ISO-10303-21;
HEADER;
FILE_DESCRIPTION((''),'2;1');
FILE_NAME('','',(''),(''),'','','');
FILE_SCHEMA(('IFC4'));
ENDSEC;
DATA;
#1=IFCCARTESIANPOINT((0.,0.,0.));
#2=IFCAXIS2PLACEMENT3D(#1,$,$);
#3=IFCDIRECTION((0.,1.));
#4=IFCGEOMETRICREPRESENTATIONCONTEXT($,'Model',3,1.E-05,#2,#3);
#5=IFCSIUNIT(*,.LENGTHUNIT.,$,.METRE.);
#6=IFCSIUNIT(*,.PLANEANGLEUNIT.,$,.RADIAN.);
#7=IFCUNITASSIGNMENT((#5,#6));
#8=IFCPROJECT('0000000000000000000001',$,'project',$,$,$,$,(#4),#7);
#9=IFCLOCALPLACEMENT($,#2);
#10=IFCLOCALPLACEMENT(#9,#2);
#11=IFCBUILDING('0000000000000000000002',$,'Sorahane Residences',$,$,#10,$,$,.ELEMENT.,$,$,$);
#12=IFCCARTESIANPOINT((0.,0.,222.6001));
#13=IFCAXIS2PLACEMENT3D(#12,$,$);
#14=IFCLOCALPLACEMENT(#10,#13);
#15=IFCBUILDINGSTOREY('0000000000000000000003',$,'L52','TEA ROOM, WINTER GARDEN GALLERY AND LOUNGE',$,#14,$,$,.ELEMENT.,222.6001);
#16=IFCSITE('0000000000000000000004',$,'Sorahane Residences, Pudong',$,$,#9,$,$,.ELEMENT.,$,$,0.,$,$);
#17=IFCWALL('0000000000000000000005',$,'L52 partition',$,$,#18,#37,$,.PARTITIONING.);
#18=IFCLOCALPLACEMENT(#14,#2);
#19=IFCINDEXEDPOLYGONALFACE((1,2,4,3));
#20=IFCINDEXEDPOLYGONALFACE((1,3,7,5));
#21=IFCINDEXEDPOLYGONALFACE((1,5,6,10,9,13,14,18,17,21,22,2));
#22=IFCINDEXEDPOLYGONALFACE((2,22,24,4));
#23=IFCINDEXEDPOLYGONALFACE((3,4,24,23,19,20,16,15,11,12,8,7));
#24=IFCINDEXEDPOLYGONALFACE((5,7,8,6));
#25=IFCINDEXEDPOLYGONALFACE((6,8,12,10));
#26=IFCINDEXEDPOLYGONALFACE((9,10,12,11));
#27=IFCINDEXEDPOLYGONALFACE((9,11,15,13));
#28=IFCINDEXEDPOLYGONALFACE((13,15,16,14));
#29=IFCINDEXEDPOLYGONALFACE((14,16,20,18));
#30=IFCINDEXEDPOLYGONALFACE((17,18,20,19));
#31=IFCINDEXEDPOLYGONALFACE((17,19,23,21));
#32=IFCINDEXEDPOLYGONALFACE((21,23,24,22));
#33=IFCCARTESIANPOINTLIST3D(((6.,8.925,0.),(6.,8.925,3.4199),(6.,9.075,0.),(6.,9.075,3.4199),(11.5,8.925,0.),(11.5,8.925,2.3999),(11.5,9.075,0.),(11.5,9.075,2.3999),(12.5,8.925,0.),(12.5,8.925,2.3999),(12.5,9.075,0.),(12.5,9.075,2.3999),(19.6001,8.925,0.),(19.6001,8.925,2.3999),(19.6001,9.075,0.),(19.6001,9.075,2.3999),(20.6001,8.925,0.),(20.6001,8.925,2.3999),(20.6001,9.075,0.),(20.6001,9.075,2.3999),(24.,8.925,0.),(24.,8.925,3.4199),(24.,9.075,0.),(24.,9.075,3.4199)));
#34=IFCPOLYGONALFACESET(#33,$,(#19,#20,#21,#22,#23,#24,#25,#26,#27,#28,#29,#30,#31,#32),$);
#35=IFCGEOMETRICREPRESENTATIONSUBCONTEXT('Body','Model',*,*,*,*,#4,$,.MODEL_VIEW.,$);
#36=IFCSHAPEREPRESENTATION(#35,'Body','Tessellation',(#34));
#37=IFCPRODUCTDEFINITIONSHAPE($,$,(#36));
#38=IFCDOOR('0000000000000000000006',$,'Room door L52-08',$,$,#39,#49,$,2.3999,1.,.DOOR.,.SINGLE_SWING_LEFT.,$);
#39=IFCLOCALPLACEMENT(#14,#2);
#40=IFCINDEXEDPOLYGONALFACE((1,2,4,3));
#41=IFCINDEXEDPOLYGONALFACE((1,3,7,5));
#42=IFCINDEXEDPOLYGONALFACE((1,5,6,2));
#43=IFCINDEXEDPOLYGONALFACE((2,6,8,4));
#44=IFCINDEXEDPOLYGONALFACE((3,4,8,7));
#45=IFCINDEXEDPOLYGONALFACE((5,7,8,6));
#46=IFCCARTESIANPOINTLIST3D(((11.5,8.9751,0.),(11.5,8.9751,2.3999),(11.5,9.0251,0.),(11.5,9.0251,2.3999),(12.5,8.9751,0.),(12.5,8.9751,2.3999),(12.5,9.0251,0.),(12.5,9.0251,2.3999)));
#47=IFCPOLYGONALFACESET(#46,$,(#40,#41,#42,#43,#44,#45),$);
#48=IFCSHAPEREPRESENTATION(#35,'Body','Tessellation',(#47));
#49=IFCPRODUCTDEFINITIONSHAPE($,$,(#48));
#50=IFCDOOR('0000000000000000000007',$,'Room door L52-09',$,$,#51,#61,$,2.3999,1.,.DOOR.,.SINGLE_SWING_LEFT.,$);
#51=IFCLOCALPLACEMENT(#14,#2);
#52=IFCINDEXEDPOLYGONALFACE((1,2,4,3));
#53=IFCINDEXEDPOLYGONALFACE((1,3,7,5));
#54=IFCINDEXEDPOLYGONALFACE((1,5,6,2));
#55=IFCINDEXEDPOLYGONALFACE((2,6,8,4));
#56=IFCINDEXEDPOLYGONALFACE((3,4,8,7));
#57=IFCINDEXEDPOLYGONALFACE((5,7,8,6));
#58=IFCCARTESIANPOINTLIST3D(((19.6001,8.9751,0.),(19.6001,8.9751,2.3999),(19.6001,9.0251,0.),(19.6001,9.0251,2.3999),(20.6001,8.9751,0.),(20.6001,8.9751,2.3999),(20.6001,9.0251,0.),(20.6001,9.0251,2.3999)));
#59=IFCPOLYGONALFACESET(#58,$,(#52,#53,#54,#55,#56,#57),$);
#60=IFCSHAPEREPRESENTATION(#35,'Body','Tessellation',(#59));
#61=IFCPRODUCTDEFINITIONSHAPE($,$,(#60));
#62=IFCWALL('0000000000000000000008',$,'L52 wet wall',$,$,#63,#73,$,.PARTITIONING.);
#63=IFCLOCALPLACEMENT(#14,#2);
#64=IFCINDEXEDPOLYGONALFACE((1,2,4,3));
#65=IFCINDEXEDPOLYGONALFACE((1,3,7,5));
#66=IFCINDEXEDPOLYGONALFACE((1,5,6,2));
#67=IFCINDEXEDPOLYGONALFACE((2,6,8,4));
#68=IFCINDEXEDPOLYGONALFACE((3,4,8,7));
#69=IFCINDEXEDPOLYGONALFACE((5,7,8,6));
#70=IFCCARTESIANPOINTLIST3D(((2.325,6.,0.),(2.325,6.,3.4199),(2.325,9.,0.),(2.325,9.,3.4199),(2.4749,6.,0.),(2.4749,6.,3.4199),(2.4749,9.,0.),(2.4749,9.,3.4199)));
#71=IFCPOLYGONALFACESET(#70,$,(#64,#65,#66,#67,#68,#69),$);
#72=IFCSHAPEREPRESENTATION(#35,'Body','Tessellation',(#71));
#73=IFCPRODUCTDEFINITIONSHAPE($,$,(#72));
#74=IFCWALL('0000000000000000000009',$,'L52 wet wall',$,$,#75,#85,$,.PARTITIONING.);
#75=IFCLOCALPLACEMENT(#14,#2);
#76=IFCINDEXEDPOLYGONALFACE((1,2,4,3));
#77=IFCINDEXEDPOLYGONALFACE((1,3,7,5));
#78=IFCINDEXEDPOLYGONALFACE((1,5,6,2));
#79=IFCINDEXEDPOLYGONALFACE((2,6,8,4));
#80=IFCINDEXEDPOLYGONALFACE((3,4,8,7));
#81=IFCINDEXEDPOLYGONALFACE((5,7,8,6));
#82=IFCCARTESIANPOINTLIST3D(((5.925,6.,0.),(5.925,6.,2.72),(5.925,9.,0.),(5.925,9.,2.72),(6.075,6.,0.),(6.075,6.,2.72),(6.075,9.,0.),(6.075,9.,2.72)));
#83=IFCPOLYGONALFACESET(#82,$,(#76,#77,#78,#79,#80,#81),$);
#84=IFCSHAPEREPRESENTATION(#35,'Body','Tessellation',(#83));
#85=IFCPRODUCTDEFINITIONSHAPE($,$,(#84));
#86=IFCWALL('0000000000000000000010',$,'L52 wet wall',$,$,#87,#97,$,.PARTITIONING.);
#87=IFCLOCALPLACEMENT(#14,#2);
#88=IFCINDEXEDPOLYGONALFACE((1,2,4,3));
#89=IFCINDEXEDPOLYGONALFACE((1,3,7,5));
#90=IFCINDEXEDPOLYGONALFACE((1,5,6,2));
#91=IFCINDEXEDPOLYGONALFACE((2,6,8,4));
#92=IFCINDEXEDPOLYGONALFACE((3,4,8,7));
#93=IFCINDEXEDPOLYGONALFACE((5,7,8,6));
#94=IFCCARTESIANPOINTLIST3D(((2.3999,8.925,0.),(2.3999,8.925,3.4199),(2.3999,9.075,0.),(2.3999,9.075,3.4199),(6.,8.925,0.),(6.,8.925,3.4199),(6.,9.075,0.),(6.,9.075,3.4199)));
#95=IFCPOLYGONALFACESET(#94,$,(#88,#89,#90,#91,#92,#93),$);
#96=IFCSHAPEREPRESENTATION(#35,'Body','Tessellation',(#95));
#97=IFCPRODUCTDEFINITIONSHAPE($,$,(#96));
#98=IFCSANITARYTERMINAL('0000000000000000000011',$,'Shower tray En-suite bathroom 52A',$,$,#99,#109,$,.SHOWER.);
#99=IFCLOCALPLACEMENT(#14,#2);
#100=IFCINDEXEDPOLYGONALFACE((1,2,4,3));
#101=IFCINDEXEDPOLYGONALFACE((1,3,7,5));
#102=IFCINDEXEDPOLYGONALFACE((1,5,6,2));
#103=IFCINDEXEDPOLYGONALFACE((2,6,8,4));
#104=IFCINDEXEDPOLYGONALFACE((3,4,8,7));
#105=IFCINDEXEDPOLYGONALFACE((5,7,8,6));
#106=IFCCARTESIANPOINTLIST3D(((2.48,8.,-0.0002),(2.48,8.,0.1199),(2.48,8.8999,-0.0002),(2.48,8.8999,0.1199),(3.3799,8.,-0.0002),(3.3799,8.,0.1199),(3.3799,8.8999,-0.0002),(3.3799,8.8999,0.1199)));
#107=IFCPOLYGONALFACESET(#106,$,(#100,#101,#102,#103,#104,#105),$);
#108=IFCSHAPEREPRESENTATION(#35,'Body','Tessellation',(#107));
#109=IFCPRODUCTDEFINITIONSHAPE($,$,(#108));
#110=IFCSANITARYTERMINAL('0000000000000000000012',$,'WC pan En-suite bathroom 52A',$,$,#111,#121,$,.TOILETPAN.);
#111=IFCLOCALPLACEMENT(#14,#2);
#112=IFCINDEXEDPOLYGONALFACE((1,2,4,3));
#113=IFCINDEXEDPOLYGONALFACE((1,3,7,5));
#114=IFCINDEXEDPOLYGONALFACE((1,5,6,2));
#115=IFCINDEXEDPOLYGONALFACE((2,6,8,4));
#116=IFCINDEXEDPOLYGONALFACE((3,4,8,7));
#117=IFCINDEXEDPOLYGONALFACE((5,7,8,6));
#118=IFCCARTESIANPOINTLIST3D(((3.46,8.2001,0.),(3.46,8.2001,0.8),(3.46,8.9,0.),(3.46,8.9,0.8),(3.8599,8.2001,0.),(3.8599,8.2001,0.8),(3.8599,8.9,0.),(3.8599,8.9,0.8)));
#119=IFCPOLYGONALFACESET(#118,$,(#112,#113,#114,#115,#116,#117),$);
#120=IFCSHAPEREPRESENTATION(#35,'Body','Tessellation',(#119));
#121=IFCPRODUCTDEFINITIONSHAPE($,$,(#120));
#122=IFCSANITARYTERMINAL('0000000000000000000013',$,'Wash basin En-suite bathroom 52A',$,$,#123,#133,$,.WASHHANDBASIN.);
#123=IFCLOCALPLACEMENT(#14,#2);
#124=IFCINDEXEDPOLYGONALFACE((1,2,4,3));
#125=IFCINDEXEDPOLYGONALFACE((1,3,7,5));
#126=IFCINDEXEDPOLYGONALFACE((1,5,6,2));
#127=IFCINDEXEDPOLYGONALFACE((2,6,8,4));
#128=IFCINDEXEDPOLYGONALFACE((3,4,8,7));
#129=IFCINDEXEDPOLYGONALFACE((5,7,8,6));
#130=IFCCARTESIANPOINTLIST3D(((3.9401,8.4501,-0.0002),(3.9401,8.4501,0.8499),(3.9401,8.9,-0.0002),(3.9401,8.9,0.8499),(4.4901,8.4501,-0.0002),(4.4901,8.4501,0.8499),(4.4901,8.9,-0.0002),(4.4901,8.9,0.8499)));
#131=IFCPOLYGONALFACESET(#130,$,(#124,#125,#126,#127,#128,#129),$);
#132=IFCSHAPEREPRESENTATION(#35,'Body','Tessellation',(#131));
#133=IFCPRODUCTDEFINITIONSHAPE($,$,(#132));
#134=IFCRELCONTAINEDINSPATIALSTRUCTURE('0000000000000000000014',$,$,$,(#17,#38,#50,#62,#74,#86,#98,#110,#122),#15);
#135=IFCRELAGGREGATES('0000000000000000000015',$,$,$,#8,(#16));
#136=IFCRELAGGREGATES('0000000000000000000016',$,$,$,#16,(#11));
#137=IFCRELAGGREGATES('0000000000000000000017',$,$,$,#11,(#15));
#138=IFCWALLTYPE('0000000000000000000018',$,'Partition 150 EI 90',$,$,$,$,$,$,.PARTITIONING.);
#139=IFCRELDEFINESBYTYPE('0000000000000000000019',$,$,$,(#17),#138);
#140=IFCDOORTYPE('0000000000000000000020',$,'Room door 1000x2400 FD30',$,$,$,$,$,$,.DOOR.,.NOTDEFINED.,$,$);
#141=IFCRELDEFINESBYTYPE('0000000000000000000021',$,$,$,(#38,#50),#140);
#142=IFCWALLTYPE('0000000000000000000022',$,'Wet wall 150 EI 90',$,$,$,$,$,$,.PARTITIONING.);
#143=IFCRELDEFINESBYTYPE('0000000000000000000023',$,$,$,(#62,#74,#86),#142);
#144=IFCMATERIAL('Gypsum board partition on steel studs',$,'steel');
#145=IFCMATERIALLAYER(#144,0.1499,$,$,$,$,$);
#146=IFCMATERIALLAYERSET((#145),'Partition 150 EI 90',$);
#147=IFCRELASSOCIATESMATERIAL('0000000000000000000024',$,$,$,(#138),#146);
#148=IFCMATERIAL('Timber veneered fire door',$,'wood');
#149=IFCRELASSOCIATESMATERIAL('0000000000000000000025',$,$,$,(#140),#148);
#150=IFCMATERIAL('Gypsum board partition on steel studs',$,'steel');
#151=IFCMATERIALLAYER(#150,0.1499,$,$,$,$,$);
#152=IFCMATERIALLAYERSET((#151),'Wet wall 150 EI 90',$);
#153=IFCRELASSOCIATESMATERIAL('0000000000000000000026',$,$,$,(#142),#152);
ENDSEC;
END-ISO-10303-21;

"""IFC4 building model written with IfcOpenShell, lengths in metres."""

from ifc_helpers import new_model, si_unit, direction, frame, frame_2d, origin, origin_2d, place, context, subcontext, project, spatial, rectangle, extrude, material, layer, layer_set, type_object, element, fill, save


model = new_model("IFC4")

# Units and contexts
model_context = context("Model", 3, precision=1e-05, world=origin(), true_north=direction((0.0, 1.0)))
body_context = subcontext(model_context, "Body", "Model", "MODEL_VIEW")
ifc_project = project(units=[si_unit("LENGTHUNIT", "METRE"), si_unit("PLANEANGLEUNIT", "RADIAN")], contexts=[model_context])

# Site, building, storey
site_placement = place(None, origin())
site = spatial("IfcSite", under=ifc_project, at=site_placement, Name="Sorahane Residences, Pudong", CompositionType="ELEMENT", RefElevation=0.0)
building_placement = place(site_placement, origin())
building = spatial("IfcBuilding", under=site, at=building_placement, Name="Sorahane Residences", CompositionType="ELEMENT")
storey_placement = place(building_placement, frame((0.0, 0.0, 222.6001)))
storey = spatial("IfcBuildingStorey", under=building, at=storey_placement, Name="L52", Description="TEA ROOM, WINTER GARDEN GALLERY AND LOUNGE", CompositionType="ELEMENT", Elevation=222.6001)

# Shared definitions
ifc_material_1 = material(Name="Gypsum board partition on steel studs", Category="steel")
ifc_layer_1 = layer(ifc_material_1, 0.1499)
ifc_layer_set_1 = layer_set([ifc_layer_1], Name="Partition 150 EI 90")
wall_type_1 = type_object("IfcWallType", Name="Partition 150 EI 90", PredefinedType="PARTITIONING", material=ifc_layer_set_1)

# Shared definitions
ifc_material_2 = material(Name="Timber veneered fire door", Category="wood")
door_type_1 = type_object("IfcDoorType", Name="Room door 1000x2400 FD30", OperationType="NOTDEFINED", PredefinedType="DOOR", material=ifc_material_2)

# Wall, openings, doors
wall_1_placement = place(storey_placement, frame((6.0, 9.0, 0.0), z_axis=(0.0, 0.0, 1.0), x_axis=(1.0, 0.0, 0.0)))
wall_1 = element("IfcWall", 1, at=wall_1_placement, inside=storey, type_object=wall_type_1, Name="L52 partition", PredefinedType="PARTITIONING", context=body_context, shape_type="SweptSolid", body=[
    extrude(rectangle(XDim=18.0, YDim=0.1499, at=frame_2d((9.0, 0.0))), origin(), (0.0, 0.0, 1.0), 3.4199),
])
opening_1_placement = place(wall_1_placement, frame((5.5, 0.0, 0.0)))
opening_1 = element("IfcOpeningElement", 2, at=opening_1_placement, cuts=wall_1, PredefinedType="OPENING", context=body_context, shape_type="SweptSolid", body=[
    extrude(rectangle(XDim=1.0, YDim=2.3999, at=frame_2d((0.5, 1.2))), frame((0.0, 0.085, 0.0), z_axis=(0.0, -1.0, 0.0), x_axis=(1.0, 0.0, 0.0)), (0.0, 0.0, 1.0), 0.1699),
])
opening_2_placement = place(wall_1_placement, frame((13.6001, 0.0, 0.0)))
opening_2 = element("IfcOpeningElement", 3, at=opening_2_placement, cuts=wall_1, PredefinedType="OPENING", context=body_context, shape_type="SweptSolid", body=[
    extrude(rectangle(XDim=1.0, YDim=2.3999, at=frame_2d((0.5, 1.2))), frame((0.0, 0.085, 0.0), z_axis=(0.0, -1.0, 0.0), x_axis=(1.0, 0.0, 0.0)), (0.0, 0.0, 1.0), 0.1699),
])
door_1_placement = place(opening_1_placement, frame((1.0, 0.0, 0.0), z_axis=(0.0, 0.0, 1.0), x_axis=(-1.0, 0.0, 0.0)))
door_1 = element("IfcDoor", 4, at=door_1_placement, inside=storey, type_object=door_type_1, Name="Room door L52-08", OperationType="SINGLE_SWING_LEFT", OverallHeight=2.3999, OverallWidth=1.0, PredefinedType="DOOR", context=body_context, shape_type="SweptSolid", body=[
    extrude(rectangle(XDim=1.0, YDim=2.3999, at=frame_2d((0.5, 1.2))), frame((0.0, 0.0249, 0.0), z_axis=(0.0, -1.0, 0.0), x_axis=(1.0, 0.0, 0.0)), (0.0, 0.0, 1.0), 0.05),
])
fill(opening_1, door_1)
door_2_placement = place(opening_2_placement, frame((1.0, 0.0, 0.0), z_axis=(0.0, 0.0, 1.0), x_axis=(-1.0, 0.0, 0.0)))
door_2 = element("IfcDoor", 5, at=door_2_placement, inside=storey, type_object=door_type_1, Name="Room door L52-09", OperationType="SINGLE_SWING_LEFT", OverallHeight=2.3999, OverallWidth=1.0, PredefinedType="DOOR", context=body_context, shape_type="SweptSolid", body=[
    extrude(rectangle(XDim=1.0, YDim=2.3999, at=frame_2d((0.5, 1.2))), frame((0.0, 0.0249, 0.0), z_axis=(0.0, -1.0, 0.0), x_axis=(1.0, 0.0, 0.0)), (0.0, 0.0, 1.0), 0.05),
])
fill(opening_2, door_2)

# Walls
ifc_material_3 = material(Name="Gypsum board partition on steel studs", Category="steel")
ifc_layer_2 = layer(ifc_material_3, 0.1499)
ifc_layer_set_2 = layer_set([ifc_layer_2], Name="Wet wall 150 EI 90")
wall_type_2 = type_object("IfcWallType", Name="Wet wall 150 EI 90", PredefinedType="PARTITIONING", material=ifc_layer_set_2)
wall_2_placement = place(storey_placement, frame((2.3999, 6.0, 0.0), z_axis=(0.0, 0.0, 1.0), x_axis=(0.0, 1.0, 0.0)))
element("IfcWall", 6, at=wall_2_placement, inside=storey, type_object=wall_type_2, Name="L52 wet wall", PredefinedType="PARTITIONING", context=body_context, shape_type="SweptSolid", body=[
    extrude(rectangle(XDim=3.0, YDim=0.1499, at=frame_2d((1.5, 0.0))), origin(), (0.0, 0.0, 1.0), 3.4199),
])
wall_3_placement = place(storey_placement, frame((6.0, 6.0, 0.0), z_axis=(0.0, 0.0, 1.0), x_axis=(0.0, 1.0, 0.0)))
element("IfcWall", 7, at=wall_3_placement, inside=storey, type_object=wall_type_2, Name="L52 wet wall", PredefinedType="PARTITIONING", context=body_context, shape_type="SweptSolid", body=[
    extrude(rectangle(XDim=3.0, YDim=0.1499, at=frame_2d((1.5, 0.0))), origin(), (0.0, 0.0, 1.0), 2.72),
])

# Wall
wall_4_placement = place(storey_placement, frame((2.3999, 9.0, 0.0), z_axis=(0.0, 0.0, 1.0), x_axis=(1.0, 0.0, 0.0)))
element("IfcWall", 8, at=wall_4_placement, inside=storey, type_object=wall_type_2, Name="L52 wet wall", PredefinedType="PARTITIONING", context=body_context, shape_type="SweptSolid", body=[
    extrude(rectangle(XDim=3.6001, YDim=0.1499, at=frame_2d((1.8, 0.0))), origin(), (0.0, 0.0, 1.0), 3.4199),
])

# Sanitary terminals
sanitary_terminal_1_placement = place(storey_placement, frame((2.9299, 8.45, -0.0002), z_axis=(0.0, 0.0, 1.0), x_axis=(1.0, 0.0, 0.0)))
element("IfcSanitaryTerminal", 9, at=sanitary_terminal_1_placement, inside=storey, Name="Shower tray En-suite bathroom 52A", PredefinedType="SHOWER", context=body_context, shape_type="SweptSolid", body=[
    extrude(rectangle(XDim=0.8999, YDim=0.8999, at=origin_2d()), origin(), (0.0, 0.0, 1.0), 0.1201),
])
sanitary_terminal_2_placement = place(storey_placement, frame((3.6599, 8.55, 0.0), z_axis=(0.0, 0.0, 1.0), x_axis=(1.0, 0.0, 0.0)))
element("IfcSanitaryTerminal", 10, at=sanitary_terminal_2_placement, inside=storey, Name="WC pan En-suite bathroom 52A", PredefinedType="TOILETPAN", context=body_context, shape_type="SweptSolid", body=[
    extrude(rectangle(XDim=0.3999, YDim=0.7, at=origin_2d()), origin(), (0.0, 0.0, 1.0), 0.8),
])
sanitary_terminal_3_placement = place(storey_placement, frame((4.2151, 8.675, -0.0002), z_axis=(0.0, 0.0, 1.0), x_axis=(1.0, 0.0, 0.0)))
element("IfcSanitaryTerminal", 11, at=sanitary_terminal_3_placement, inside=storey, Name="Wash basin En-suite bathroom 52A", PredefinedType="WASHHANDBASIN", context=body_context, shape_type="SweptSolid", body=[
    extrude(rectangle(XDim=0.55, YDim=0.45, at=origin_2d()), origin(), (0.0, 0.0, 1.0), 0.8501),
])

save(model, "model.ifc")
